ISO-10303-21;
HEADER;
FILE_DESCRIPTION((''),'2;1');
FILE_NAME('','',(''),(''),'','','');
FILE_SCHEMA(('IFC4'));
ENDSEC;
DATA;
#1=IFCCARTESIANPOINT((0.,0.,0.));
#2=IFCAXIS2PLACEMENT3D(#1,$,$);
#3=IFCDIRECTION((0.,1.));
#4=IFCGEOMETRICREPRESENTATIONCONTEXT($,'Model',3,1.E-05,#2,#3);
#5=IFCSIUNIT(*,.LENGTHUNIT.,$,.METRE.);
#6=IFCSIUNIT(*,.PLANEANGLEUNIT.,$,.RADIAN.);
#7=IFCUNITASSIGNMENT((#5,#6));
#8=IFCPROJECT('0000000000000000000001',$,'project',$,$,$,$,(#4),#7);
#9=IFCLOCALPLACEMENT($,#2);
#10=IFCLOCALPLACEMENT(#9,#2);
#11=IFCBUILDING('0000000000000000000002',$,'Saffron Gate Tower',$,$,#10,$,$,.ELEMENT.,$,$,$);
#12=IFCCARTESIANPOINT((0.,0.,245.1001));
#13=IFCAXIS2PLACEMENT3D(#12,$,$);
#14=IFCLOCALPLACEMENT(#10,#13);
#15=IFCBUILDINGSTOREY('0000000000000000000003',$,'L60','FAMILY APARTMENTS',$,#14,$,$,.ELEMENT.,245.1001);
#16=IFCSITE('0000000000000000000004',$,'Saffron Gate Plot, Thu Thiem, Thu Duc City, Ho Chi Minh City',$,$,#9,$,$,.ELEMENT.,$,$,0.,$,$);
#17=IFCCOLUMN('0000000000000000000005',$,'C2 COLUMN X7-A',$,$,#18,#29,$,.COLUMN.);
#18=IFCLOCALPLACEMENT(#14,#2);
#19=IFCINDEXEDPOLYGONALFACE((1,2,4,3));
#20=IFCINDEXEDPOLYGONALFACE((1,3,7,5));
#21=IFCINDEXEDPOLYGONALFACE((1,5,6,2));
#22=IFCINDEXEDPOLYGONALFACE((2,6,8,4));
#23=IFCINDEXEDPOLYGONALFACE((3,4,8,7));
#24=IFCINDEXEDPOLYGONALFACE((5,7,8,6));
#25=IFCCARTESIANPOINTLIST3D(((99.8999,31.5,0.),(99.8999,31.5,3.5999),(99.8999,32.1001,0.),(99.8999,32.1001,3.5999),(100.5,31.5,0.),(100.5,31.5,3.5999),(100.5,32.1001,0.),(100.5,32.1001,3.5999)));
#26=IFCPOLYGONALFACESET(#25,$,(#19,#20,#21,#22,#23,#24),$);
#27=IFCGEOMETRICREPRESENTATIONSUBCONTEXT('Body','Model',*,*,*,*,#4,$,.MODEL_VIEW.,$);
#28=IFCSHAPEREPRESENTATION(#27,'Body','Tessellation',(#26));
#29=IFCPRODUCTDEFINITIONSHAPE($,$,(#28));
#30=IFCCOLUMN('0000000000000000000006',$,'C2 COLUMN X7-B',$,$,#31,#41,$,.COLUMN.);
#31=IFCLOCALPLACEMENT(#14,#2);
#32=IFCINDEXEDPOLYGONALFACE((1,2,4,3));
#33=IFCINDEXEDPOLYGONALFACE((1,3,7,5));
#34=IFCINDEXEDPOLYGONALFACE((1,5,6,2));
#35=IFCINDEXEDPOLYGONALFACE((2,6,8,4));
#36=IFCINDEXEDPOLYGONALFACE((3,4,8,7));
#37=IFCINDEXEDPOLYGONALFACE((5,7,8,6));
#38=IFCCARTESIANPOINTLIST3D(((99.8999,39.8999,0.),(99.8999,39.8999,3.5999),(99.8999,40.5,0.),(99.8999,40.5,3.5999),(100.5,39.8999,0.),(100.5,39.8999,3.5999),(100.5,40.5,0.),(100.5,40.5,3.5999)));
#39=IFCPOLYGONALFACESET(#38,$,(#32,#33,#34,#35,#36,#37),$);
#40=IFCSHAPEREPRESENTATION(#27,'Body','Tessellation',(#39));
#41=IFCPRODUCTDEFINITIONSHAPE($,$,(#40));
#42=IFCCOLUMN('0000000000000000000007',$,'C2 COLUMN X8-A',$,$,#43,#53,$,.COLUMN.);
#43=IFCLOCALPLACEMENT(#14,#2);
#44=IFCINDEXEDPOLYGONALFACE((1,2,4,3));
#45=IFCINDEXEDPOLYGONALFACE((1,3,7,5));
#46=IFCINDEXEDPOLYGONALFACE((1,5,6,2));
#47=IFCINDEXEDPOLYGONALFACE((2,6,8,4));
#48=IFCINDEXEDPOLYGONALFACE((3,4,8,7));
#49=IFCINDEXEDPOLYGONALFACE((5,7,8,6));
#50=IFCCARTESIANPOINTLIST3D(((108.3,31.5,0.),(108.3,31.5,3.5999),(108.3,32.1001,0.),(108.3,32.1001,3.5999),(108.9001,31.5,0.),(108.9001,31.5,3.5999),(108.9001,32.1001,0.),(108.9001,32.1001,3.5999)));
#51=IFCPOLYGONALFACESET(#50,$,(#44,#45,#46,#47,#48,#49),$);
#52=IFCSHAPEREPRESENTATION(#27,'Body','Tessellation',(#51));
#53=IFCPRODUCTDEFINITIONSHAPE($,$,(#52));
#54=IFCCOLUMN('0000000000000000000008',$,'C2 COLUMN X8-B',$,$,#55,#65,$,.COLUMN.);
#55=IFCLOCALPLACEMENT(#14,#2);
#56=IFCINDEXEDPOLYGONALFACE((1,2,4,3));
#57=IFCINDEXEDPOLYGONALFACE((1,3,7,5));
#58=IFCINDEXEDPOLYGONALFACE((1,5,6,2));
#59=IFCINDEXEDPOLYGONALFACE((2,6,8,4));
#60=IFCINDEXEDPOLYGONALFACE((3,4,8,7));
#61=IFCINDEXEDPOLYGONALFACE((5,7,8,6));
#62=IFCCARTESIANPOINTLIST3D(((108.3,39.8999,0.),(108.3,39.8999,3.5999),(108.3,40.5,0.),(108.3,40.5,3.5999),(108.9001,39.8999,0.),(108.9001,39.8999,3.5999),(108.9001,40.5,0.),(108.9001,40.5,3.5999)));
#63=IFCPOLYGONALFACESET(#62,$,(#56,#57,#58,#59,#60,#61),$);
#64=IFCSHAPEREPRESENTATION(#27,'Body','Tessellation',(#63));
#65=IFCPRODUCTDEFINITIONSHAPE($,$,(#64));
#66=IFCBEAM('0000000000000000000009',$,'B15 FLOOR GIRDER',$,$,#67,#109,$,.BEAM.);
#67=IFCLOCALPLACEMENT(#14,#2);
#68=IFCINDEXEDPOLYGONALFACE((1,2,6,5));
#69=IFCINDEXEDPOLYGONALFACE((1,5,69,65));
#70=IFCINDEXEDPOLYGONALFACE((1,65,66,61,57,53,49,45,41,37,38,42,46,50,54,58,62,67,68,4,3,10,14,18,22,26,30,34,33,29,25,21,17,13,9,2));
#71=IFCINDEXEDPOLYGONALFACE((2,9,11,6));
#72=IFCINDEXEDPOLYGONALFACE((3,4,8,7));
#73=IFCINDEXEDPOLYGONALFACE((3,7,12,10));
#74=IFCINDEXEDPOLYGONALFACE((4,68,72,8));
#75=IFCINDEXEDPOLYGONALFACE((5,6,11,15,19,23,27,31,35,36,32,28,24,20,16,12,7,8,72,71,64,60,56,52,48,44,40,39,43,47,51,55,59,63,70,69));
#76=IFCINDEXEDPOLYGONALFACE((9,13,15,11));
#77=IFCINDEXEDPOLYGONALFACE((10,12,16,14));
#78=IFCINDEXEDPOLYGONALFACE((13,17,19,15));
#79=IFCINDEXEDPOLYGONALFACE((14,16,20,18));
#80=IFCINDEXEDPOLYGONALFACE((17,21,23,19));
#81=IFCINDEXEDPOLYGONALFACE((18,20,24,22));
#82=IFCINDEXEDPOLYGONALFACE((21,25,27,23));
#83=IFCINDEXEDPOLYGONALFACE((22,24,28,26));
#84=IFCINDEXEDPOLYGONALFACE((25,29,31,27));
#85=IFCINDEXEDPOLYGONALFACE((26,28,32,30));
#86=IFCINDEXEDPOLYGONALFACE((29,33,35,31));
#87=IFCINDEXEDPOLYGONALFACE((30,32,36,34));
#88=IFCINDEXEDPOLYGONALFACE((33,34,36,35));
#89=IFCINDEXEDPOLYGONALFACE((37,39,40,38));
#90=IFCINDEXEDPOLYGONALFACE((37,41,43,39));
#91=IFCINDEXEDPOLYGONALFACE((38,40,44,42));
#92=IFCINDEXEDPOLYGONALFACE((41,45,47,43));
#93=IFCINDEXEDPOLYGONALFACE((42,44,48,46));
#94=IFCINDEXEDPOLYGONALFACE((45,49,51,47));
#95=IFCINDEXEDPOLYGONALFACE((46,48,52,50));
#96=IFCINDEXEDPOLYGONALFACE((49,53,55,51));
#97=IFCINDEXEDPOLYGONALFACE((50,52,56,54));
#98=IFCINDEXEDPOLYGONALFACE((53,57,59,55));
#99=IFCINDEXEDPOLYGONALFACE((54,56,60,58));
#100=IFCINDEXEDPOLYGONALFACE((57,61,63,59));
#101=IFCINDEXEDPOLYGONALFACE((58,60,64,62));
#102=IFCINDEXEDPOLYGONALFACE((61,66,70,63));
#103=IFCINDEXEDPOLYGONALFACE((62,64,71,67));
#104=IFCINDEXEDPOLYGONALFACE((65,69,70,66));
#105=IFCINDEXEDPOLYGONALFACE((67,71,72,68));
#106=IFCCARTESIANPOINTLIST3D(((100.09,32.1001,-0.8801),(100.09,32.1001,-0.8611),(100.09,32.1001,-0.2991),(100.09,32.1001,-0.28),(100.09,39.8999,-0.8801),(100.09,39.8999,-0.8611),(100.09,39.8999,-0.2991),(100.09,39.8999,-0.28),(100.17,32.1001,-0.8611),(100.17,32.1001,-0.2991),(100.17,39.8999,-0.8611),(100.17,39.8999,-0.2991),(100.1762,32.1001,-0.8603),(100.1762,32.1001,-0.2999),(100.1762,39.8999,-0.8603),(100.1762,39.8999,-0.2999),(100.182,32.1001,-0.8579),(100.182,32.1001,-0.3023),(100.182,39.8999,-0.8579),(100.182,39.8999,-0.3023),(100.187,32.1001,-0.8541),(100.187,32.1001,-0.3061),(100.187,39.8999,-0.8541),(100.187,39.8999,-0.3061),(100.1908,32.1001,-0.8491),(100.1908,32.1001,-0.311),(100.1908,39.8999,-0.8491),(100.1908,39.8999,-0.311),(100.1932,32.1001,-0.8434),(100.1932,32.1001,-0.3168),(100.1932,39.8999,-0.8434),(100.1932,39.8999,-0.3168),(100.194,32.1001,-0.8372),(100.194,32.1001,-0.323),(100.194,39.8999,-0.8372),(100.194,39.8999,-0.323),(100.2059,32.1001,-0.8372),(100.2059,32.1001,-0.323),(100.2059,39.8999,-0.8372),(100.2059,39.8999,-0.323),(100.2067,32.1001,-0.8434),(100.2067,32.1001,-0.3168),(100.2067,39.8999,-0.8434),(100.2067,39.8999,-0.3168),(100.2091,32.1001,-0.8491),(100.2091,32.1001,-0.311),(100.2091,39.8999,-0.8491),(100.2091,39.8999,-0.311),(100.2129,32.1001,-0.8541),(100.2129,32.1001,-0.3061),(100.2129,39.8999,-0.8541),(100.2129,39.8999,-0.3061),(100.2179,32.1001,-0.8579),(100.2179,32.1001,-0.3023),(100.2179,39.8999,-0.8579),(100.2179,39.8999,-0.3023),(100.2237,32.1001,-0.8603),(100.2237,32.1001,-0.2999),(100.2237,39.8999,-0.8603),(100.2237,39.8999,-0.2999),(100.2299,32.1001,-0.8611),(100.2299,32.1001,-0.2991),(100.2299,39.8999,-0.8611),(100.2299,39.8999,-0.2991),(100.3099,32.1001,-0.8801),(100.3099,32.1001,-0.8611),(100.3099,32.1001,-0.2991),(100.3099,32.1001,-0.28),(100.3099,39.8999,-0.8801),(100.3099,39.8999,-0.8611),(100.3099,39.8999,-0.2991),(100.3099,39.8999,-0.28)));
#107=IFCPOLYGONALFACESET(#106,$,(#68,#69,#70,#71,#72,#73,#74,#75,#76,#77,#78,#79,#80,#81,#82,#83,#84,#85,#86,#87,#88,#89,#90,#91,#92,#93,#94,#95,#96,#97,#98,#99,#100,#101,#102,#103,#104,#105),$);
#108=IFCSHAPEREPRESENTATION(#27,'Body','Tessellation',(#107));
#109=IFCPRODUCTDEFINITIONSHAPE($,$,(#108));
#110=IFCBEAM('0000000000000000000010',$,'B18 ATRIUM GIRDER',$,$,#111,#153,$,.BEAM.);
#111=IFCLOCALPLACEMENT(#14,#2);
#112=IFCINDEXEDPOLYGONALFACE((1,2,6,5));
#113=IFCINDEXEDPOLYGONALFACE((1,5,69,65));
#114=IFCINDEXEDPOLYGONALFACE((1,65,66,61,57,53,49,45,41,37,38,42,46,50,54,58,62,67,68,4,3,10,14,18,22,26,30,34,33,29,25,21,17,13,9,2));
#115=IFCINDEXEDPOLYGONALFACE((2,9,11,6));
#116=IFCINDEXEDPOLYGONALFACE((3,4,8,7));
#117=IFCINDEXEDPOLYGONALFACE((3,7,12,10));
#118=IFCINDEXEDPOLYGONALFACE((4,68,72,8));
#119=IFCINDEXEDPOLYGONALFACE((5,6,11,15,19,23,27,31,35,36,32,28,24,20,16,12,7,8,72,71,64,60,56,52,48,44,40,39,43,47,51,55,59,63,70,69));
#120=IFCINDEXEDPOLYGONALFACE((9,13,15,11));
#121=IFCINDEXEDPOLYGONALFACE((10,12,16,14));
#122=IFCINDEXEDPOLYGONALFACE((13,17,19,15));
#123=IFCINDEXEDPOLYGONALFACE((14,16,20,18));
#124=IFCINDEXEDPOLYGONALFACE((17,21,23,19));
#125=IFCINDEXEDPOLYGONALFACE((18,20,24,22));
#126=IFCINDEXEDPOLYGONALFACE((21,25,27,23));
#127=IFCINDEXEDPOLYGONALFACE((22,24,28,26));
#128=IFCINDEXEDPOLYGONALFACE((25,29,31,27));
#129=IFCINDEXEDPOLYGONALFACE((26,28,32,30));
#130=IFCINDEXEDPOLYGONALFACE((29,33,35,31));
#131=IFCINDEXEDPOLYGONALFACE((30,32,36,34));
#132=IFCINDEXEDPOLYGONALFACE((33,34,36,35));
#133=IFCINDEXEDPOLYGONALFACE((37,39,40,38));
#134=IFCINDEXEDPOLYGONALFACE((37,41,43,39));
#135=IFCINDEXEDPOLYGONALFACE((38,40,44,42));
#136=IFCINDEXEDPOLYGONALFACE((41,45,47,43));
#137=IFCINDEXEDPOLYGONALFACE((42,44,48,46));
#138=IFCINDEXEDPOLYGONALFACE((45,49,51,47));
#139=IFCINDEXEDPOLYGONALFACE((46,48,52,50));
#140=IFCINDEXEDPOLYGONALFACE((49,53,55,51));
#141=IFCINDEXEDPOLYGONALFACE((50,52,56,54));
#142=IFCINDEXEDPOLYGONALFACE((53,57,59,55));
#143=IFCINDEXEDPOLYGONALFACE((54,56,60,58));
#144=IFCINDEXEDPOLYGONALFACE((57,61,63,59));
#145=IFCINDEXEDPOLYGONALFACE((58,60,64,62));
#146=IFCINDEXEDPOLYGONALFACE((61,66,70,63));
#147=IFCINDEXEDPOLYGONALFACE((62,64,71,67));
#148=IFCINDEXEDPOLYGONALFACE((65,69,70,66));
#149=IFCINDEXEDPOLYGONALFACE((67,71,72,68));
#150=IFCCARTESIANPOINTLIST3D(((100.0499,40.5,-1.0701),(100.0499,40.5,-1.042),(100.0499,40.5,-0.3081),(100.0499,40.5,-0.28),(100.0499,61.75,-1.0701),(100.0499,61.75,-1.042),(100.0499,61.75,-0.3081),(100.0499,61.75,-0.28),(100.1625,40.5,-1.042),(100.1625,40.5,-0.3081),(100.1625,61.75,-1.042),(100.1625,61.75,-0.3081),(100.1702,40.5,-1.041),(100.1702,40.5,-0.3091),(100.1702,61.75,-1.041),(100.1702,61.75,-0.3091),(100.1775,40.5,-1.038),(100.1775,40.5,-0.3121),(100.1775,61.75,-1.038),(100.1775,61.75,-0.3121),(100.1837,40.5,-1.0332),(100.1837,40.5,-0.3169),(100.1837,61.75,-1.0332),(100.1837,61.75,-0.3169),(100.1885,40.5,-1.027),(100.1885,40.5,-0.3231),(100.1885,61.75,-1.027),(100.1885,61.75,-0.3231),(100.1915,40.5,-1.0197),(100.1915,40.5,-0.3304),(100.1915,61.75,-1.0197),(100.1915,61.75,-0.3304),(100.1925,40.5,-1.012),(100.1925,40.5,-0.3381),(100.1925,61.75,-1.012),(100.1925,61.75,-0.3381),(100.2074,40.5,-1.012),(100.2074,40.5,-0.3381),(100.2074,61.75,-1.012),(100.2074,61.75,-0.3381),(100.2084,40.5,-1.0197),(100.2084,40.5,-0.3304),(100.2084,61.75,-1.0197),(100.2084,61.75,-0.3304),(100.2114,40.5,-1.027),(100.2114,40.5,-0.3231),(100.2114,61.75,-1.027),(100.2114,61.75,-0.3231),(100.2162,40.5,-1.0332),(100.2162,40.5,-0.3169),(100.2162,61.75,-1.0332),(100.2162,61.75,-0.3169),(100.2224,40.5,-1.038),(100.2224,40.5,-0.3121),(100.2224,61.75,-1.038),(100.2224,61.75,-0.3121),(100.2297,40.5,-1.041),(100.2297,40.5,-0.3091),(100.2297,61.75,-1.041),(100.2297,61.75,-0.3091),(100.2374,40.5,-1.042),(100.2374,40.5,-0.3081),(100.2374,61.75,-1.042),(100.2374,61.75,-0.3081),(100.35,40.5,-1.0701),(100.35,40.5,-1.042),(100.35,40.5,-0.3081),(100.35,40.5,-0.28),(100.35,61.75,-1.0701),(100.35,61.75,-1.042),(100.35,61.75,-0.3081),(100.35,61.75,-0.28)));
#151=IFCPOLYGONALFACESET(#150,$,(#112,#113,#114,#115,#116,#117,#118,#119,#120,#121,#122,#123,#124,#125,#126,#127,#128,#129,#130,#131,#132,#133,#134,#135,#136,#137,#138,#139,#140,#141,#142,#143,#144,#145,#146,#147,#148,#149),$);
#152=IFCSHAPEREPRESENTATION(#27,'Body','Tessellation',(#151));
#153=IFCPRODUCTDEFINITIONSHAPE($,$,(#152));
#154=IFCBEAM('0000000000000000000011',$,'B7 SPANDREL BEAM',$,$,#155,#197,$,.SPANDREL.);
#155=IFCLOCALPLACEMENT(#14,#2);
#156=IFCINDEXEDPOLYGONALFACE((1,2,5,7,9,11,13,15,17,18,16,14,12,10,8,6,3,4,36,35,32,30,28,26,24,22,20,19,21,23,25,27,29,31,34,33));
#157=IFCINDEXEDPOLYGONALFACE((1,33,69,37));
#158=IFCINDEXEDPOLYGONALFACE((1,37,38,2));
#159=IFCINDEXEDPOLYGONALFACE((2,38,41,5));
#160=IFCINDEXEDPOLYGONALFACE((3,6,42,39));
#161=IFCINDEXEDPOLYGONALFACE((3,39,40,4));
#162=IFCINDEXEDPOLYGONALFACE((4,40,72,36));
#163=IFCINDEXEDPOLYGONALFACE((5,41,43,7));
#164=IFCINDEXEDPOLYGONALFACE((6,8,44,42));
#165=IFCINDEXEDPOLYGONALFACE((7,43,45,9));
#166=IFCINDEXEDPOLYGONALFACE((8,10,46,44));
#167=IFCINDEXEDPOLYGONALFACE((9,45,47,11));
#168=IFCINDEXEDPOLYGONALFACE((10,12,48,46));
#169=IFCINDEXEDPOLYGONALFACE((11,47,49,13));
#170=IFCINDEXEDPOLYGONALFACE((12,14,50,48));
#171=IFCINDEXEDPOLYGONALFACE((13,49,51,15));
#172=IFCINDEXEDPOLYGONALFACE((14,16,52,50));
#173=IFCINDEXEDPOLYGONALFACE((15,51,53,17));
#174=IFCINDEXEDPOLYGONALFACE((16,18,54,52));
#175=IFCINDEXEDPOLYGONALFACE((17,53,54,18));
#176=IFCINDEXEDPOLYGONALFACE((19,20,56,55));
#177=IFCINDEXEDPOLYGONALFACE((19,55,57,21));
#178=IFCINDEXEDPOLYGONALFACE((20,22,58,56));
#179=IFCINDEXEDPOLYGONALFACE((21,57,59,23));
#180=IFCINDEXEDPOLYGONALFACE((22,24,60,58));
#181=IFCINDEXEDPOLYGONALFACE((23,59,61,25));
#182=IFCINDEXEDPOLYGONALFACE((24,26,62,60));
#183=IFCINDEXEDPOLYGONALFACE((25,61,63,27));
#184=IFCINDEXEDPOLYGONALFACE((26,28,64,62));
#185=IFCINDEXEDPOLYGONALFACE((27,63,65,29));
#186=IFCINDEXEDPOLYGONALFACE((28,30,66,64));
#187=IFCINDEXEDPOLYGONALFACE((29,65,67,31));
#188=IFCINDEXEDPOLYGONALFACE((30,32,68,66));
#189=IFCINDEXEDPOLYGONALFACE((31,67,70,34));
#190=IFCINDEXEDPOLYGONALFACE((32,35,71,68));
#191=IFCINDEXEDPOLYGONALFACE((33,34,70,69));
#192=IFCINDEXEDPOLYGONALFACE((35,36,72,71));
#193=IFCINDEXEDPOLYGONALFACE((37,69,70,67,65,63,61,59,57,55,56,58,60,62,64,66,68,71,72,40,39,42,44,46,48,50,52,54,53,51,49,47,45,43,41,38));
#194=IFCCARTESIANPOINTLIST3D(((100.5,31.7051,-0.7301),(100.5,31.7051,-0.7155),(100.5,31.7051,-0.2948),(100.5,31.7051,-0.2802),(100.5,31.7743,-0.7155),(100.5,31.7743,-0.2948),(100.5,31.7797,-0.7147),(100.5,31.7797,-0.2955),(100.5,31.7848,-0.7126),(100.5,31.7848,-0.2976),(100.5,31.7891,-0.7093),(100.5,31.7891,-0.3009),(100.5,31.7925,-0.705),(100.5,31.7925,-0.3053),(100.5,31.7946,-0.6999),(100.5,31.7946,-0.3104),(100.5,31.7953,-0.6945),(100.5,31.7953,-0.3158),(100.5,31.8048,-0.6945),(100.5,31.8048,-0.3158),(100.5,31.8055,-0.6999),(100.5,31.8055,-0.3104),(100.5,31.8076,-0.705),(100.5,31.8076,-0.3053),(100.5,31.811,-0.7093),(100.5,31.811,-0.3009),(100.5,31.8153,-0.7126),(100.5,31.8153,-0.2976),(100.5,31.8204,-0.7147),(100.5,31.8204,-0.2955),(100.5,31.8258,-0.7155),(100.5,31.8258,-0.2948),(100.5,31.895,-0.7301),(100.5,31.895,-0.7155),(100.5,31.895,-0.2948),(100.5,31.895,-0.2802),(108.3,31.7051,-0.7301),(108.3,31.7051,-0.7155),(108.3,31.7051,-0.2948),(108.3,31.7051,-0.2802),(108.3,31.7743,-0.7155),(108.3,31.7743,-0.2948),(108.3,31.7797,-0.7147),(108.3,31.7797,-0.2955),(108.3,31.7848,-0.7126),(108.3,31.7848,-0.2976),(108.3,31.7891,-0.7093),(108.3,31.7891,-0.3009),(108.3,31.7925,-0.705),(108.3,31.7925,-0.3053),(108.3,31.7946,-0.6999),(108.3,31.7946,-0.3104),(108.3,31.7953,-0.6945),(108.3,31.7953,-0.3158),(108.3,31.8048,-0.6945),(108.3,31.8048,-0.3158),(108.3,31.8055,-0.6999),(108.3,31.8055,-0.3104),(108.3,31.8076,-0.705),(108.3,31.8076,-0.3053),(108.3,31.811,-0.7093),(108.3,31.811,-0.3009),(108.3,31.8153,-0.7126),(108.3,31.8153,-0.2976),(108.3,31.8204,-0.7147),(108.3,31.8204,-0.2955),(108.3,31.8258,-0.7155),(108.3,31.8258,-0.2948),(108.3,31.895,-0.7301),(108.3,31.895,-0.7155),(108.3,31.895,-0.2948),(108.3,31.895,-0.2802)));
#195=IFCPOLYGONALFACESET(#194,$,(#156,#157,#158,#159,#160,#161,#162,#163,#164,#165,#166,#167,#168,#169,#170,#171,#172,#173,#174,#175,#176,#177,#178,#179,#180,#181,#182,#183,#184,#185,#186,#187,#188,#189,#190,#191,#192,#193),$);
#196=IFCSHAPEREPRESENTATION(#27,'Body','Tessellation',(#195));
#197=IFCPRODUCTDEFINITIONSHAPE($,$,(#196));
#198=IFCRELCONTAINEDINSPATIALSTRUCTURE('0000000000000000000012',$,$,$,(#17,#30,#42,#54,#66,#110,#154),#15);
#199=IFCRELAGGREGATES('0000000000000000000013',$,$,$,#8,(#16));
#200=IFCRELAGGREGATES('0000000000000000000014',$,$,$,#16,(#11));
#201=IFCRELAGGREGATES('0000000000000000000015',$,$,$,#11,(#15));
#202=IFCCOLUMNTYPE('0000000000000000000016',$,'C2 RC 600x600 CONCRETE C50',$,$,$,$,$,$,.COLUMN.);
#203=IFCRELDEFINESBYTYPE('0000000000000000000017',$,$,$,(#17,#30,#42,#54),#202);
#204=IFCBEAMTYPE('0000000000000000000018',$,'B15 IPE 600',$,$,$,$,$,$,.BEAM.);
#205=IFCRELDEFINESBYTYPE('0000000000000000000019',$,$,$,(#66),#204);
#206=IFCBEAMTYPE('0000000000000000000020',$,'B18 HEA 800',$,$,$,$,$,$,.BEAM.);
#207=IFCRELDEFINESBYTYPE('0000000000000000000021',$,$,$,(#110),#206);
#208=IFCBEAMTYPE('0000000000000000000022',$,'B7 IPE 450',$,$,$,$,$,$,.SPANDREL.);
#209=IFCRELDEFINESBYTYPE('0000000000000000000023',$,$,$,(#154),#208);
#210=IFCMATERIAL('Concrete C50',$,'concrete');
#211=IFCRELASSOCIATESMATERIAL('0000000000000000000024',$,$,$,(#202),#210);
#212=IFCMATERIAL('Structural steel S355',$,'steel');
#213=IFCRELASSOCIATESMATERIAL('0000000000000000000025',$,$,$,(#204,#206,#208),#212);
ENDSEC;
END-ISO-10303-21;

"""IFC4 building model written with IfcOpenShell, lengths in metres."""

from ifc_helpers import new_model, si_unit, direction, frame, origin, origin_2d, place, context, subcontext, project, spatial, rectangle, i_section, extrude, material, material_profile, profile_set, type_object, element, save


model = new_model("IFC4")

# Units and contexts
model_context = context("Model", 3, precision=1e-05, world=origin(), true_north=direction((0.0, 1.0)))
body_context = subcontext(model_context, "Body", "Model", "MODEL_VIEW")
ifc_project = project(units=[si_unit("LENGTHUNIT", "METRE"), si_unit("PLANEANGLEUNIT", "RADIAN")], contexts=[model_context])

# Site, building, storey
site_placement = place(None, origin())
site = spatial("IfcSite", under=ifc_project, at=site_placement, Name="Saffron Gate Plot, Thu Thiem, Thu Duc City, Ho Chi Minh City", CompositionType="ELEMENT", RefElevation=0.0)
building_placement = place(site_placement, origin())
building = spatial("IfcBuilding", under=site, at=building_placement, Name="Saffron Gate Tower", CompositionType="ELEMENT")
storey_placement = place(building_placement, frame((0.0, 0.0, 245.1001)))
storey = spatial("IfcBuildingStorey", under=building, at=storey_placement, Name="L60", Description="FAMILY APARTMENTS", CompositionType="ELEMENT", Elevation=245.1001)

# Columns
ifc_material_1 = material(Name="Concrete C50", Category="concrete")
ifc_material_profile_1 = material_profile(ifc_material_1, rectangle(XDim=0.6001, YDim=0.6001, at=origin_2d()))
ifc_profile_set_1 = profile_set([ifc_material_profile_1], Name="Concrete C50")
column_type = type_object("IfcColumnType", Name="C2 RC 600x600 CONCRETE C50", PredefinedType="COLUMN", material=ifc_profile_set_1)
for number, where, z_axis, x_axis, name in (
    (1, (100.2, 31.8, 0.0), (0.0, 0.0, 1.0), (1.0, 0.0, 0.0), "C2 COLUMN X7-A"),
    (2, (100.2, 40.2, 0.0), (0.0, 0.0, 1.0), (1.0, 0.0, 0.0), "C2 COLUMN X7-B"),
    (3, (108.6001, 31.8, 0.0), (0.0, 0.0, 1.0), (1.0, 0.0, 0.0), "C2 COLUMN X8-A"),
    (4, (108.6001, 40.2, 0.0), (0.0, 0.0, 1.0), (1.0, 0.0, 0.0), "C2 COLUMN X8-B"),
):
    element("IfcColumn", number, at=place(storey_placement, frame(where, z_axis=z_axis, x_axis=x_axis)), inside=storey, type_object=column_type, Name=name, PredefinedType="COLUMN", context=body_context, shape_type="SweptSolid", body=[
        extrude(rectangle(XDim=0.6001, YDim=0.6001, at=origin_2d()), origin(), (0.0, 0.0, 1.0), 3.5999),
    ])

# Beams
ifc_material_2 = material(Name="Structural steel S355", Category="steel")
ifc_material_profile_2 = material_profile(ifc_material_2, i_section(OverallWidth=0.22, OverallDepth=0.6001, WebThickness=0.012, FlangeThickness=0.019, FilletRadius=0.0239, at=origin_2d()))
ifc_profile_set_2 = profile_set([ifc_material_profile_2], Name="Structural steel S355")
beam_type_1 = type_object("IfcBeamType", Name="B15 IPE 600", PredefinedType="BEAM", material=ifc_profile_set_2)
beam_1_placement = place(storey_placement, frame((100.2, 32.1001, -0.5801), z_axis=(0.0, 1.0, 0.0), x_axis=(-1.0, 0.0, 0.0)))
element("IfcBeam", 5, at=beam_1_placement, inside=storey, type_object=beam_type_1, Name="B15 FLOOR GIRDER", PredefinedType="BEAM", context=body_context, shape_type="SweptSolid", body=[
    extrude(i_section(OverallWidth=0.22, OverallDepth=0.6001, WebThickness=0.012, FlangeThickness=0.019, FilletRadius=0.0239, at=origin_2d()), origin(), (0.0, 0.0, 1.0), 7.7998),
])
ifc_material_profile_3 = material_profile(ifc_material_2, i_section(OverallWidth=0.3, OverallDepth=0.79, WebThickness=0.0149, FlangeThickness=0.0281, FilletRadius=0.03, at=origin_2d()))
ifc_profile_set_3 = profile_set([ifc_material_profile_3], Name="Structural steel S355")
beam_type_2 = type_object("IfcBeamType", Name="B18 HEA 800", PredefinedType="BEAM", material=ifc_profile_set_3)
beam_2_placement = place(storey_placement, frame((100.2, 40.5, -0.675), z_axis=(0.0, 1.0, 0.0), x_axis=(-1.0, 0.0, 0.0)))
element("IfcBeam", 6, at=beam_2_placement, inside=storey, type_object=beam_type_2, Name="B18 ATRIUM GIRDER", PredefinedType="BEAM", context=body_context, shape_type="SweptSolid", body=[
    extrude(i_section(OverallWidth=0.3, OverallDepth=0.79, WebThickness=0.0149, FlangeThickness=0.0281, FilletRadius=0.03, at=origin_2d()), origin(), (0.0, 0.0, 1.0), 21.25),
])
ifc_material_profile_4 = material_profile(ifc_material_2, i_section(OverallWidth=0.1899, OverallDepth=0.45, WebThickness=0.0095, FlangeThickness=0.0146, FilletRadius=0.021, at=origin_2d()))
ifc_profile_set_4 = profile_set([ifc_material_profile_4], Name="Structural steel S355")
beam_type_3 = type_object("IfcBeamType", Name="B7 IPE 450", PredefinedType="SPANDREL", material=ifc_profile_set_4)
beam_3_placement = place(storey_placement, frame((100.5, 31.8, -0.5051), z_axis=(1.0, 0.0, 0.0), x_axis=(0.0, 1.0, 0.0)))
element("IfcBeam", 7, at=beam_3_placement, inside=storey, type_object=beam_type_3, Name="B7 SPANDREL BEAM", PredefinedType="SPANDREL", context=body_context, shape_type="SweptSolid", body=[
    extrude(i_section(OverallWidth=0.1899, OverallDepth=0.45, WebThickness=0.0095, FlangeThickness=0.0146, FilletRadius=0.021, at=origin_2d()), origin(), (0.0, 0.0, 1.0), 7.8),
])

save(model, "model.ifc")
